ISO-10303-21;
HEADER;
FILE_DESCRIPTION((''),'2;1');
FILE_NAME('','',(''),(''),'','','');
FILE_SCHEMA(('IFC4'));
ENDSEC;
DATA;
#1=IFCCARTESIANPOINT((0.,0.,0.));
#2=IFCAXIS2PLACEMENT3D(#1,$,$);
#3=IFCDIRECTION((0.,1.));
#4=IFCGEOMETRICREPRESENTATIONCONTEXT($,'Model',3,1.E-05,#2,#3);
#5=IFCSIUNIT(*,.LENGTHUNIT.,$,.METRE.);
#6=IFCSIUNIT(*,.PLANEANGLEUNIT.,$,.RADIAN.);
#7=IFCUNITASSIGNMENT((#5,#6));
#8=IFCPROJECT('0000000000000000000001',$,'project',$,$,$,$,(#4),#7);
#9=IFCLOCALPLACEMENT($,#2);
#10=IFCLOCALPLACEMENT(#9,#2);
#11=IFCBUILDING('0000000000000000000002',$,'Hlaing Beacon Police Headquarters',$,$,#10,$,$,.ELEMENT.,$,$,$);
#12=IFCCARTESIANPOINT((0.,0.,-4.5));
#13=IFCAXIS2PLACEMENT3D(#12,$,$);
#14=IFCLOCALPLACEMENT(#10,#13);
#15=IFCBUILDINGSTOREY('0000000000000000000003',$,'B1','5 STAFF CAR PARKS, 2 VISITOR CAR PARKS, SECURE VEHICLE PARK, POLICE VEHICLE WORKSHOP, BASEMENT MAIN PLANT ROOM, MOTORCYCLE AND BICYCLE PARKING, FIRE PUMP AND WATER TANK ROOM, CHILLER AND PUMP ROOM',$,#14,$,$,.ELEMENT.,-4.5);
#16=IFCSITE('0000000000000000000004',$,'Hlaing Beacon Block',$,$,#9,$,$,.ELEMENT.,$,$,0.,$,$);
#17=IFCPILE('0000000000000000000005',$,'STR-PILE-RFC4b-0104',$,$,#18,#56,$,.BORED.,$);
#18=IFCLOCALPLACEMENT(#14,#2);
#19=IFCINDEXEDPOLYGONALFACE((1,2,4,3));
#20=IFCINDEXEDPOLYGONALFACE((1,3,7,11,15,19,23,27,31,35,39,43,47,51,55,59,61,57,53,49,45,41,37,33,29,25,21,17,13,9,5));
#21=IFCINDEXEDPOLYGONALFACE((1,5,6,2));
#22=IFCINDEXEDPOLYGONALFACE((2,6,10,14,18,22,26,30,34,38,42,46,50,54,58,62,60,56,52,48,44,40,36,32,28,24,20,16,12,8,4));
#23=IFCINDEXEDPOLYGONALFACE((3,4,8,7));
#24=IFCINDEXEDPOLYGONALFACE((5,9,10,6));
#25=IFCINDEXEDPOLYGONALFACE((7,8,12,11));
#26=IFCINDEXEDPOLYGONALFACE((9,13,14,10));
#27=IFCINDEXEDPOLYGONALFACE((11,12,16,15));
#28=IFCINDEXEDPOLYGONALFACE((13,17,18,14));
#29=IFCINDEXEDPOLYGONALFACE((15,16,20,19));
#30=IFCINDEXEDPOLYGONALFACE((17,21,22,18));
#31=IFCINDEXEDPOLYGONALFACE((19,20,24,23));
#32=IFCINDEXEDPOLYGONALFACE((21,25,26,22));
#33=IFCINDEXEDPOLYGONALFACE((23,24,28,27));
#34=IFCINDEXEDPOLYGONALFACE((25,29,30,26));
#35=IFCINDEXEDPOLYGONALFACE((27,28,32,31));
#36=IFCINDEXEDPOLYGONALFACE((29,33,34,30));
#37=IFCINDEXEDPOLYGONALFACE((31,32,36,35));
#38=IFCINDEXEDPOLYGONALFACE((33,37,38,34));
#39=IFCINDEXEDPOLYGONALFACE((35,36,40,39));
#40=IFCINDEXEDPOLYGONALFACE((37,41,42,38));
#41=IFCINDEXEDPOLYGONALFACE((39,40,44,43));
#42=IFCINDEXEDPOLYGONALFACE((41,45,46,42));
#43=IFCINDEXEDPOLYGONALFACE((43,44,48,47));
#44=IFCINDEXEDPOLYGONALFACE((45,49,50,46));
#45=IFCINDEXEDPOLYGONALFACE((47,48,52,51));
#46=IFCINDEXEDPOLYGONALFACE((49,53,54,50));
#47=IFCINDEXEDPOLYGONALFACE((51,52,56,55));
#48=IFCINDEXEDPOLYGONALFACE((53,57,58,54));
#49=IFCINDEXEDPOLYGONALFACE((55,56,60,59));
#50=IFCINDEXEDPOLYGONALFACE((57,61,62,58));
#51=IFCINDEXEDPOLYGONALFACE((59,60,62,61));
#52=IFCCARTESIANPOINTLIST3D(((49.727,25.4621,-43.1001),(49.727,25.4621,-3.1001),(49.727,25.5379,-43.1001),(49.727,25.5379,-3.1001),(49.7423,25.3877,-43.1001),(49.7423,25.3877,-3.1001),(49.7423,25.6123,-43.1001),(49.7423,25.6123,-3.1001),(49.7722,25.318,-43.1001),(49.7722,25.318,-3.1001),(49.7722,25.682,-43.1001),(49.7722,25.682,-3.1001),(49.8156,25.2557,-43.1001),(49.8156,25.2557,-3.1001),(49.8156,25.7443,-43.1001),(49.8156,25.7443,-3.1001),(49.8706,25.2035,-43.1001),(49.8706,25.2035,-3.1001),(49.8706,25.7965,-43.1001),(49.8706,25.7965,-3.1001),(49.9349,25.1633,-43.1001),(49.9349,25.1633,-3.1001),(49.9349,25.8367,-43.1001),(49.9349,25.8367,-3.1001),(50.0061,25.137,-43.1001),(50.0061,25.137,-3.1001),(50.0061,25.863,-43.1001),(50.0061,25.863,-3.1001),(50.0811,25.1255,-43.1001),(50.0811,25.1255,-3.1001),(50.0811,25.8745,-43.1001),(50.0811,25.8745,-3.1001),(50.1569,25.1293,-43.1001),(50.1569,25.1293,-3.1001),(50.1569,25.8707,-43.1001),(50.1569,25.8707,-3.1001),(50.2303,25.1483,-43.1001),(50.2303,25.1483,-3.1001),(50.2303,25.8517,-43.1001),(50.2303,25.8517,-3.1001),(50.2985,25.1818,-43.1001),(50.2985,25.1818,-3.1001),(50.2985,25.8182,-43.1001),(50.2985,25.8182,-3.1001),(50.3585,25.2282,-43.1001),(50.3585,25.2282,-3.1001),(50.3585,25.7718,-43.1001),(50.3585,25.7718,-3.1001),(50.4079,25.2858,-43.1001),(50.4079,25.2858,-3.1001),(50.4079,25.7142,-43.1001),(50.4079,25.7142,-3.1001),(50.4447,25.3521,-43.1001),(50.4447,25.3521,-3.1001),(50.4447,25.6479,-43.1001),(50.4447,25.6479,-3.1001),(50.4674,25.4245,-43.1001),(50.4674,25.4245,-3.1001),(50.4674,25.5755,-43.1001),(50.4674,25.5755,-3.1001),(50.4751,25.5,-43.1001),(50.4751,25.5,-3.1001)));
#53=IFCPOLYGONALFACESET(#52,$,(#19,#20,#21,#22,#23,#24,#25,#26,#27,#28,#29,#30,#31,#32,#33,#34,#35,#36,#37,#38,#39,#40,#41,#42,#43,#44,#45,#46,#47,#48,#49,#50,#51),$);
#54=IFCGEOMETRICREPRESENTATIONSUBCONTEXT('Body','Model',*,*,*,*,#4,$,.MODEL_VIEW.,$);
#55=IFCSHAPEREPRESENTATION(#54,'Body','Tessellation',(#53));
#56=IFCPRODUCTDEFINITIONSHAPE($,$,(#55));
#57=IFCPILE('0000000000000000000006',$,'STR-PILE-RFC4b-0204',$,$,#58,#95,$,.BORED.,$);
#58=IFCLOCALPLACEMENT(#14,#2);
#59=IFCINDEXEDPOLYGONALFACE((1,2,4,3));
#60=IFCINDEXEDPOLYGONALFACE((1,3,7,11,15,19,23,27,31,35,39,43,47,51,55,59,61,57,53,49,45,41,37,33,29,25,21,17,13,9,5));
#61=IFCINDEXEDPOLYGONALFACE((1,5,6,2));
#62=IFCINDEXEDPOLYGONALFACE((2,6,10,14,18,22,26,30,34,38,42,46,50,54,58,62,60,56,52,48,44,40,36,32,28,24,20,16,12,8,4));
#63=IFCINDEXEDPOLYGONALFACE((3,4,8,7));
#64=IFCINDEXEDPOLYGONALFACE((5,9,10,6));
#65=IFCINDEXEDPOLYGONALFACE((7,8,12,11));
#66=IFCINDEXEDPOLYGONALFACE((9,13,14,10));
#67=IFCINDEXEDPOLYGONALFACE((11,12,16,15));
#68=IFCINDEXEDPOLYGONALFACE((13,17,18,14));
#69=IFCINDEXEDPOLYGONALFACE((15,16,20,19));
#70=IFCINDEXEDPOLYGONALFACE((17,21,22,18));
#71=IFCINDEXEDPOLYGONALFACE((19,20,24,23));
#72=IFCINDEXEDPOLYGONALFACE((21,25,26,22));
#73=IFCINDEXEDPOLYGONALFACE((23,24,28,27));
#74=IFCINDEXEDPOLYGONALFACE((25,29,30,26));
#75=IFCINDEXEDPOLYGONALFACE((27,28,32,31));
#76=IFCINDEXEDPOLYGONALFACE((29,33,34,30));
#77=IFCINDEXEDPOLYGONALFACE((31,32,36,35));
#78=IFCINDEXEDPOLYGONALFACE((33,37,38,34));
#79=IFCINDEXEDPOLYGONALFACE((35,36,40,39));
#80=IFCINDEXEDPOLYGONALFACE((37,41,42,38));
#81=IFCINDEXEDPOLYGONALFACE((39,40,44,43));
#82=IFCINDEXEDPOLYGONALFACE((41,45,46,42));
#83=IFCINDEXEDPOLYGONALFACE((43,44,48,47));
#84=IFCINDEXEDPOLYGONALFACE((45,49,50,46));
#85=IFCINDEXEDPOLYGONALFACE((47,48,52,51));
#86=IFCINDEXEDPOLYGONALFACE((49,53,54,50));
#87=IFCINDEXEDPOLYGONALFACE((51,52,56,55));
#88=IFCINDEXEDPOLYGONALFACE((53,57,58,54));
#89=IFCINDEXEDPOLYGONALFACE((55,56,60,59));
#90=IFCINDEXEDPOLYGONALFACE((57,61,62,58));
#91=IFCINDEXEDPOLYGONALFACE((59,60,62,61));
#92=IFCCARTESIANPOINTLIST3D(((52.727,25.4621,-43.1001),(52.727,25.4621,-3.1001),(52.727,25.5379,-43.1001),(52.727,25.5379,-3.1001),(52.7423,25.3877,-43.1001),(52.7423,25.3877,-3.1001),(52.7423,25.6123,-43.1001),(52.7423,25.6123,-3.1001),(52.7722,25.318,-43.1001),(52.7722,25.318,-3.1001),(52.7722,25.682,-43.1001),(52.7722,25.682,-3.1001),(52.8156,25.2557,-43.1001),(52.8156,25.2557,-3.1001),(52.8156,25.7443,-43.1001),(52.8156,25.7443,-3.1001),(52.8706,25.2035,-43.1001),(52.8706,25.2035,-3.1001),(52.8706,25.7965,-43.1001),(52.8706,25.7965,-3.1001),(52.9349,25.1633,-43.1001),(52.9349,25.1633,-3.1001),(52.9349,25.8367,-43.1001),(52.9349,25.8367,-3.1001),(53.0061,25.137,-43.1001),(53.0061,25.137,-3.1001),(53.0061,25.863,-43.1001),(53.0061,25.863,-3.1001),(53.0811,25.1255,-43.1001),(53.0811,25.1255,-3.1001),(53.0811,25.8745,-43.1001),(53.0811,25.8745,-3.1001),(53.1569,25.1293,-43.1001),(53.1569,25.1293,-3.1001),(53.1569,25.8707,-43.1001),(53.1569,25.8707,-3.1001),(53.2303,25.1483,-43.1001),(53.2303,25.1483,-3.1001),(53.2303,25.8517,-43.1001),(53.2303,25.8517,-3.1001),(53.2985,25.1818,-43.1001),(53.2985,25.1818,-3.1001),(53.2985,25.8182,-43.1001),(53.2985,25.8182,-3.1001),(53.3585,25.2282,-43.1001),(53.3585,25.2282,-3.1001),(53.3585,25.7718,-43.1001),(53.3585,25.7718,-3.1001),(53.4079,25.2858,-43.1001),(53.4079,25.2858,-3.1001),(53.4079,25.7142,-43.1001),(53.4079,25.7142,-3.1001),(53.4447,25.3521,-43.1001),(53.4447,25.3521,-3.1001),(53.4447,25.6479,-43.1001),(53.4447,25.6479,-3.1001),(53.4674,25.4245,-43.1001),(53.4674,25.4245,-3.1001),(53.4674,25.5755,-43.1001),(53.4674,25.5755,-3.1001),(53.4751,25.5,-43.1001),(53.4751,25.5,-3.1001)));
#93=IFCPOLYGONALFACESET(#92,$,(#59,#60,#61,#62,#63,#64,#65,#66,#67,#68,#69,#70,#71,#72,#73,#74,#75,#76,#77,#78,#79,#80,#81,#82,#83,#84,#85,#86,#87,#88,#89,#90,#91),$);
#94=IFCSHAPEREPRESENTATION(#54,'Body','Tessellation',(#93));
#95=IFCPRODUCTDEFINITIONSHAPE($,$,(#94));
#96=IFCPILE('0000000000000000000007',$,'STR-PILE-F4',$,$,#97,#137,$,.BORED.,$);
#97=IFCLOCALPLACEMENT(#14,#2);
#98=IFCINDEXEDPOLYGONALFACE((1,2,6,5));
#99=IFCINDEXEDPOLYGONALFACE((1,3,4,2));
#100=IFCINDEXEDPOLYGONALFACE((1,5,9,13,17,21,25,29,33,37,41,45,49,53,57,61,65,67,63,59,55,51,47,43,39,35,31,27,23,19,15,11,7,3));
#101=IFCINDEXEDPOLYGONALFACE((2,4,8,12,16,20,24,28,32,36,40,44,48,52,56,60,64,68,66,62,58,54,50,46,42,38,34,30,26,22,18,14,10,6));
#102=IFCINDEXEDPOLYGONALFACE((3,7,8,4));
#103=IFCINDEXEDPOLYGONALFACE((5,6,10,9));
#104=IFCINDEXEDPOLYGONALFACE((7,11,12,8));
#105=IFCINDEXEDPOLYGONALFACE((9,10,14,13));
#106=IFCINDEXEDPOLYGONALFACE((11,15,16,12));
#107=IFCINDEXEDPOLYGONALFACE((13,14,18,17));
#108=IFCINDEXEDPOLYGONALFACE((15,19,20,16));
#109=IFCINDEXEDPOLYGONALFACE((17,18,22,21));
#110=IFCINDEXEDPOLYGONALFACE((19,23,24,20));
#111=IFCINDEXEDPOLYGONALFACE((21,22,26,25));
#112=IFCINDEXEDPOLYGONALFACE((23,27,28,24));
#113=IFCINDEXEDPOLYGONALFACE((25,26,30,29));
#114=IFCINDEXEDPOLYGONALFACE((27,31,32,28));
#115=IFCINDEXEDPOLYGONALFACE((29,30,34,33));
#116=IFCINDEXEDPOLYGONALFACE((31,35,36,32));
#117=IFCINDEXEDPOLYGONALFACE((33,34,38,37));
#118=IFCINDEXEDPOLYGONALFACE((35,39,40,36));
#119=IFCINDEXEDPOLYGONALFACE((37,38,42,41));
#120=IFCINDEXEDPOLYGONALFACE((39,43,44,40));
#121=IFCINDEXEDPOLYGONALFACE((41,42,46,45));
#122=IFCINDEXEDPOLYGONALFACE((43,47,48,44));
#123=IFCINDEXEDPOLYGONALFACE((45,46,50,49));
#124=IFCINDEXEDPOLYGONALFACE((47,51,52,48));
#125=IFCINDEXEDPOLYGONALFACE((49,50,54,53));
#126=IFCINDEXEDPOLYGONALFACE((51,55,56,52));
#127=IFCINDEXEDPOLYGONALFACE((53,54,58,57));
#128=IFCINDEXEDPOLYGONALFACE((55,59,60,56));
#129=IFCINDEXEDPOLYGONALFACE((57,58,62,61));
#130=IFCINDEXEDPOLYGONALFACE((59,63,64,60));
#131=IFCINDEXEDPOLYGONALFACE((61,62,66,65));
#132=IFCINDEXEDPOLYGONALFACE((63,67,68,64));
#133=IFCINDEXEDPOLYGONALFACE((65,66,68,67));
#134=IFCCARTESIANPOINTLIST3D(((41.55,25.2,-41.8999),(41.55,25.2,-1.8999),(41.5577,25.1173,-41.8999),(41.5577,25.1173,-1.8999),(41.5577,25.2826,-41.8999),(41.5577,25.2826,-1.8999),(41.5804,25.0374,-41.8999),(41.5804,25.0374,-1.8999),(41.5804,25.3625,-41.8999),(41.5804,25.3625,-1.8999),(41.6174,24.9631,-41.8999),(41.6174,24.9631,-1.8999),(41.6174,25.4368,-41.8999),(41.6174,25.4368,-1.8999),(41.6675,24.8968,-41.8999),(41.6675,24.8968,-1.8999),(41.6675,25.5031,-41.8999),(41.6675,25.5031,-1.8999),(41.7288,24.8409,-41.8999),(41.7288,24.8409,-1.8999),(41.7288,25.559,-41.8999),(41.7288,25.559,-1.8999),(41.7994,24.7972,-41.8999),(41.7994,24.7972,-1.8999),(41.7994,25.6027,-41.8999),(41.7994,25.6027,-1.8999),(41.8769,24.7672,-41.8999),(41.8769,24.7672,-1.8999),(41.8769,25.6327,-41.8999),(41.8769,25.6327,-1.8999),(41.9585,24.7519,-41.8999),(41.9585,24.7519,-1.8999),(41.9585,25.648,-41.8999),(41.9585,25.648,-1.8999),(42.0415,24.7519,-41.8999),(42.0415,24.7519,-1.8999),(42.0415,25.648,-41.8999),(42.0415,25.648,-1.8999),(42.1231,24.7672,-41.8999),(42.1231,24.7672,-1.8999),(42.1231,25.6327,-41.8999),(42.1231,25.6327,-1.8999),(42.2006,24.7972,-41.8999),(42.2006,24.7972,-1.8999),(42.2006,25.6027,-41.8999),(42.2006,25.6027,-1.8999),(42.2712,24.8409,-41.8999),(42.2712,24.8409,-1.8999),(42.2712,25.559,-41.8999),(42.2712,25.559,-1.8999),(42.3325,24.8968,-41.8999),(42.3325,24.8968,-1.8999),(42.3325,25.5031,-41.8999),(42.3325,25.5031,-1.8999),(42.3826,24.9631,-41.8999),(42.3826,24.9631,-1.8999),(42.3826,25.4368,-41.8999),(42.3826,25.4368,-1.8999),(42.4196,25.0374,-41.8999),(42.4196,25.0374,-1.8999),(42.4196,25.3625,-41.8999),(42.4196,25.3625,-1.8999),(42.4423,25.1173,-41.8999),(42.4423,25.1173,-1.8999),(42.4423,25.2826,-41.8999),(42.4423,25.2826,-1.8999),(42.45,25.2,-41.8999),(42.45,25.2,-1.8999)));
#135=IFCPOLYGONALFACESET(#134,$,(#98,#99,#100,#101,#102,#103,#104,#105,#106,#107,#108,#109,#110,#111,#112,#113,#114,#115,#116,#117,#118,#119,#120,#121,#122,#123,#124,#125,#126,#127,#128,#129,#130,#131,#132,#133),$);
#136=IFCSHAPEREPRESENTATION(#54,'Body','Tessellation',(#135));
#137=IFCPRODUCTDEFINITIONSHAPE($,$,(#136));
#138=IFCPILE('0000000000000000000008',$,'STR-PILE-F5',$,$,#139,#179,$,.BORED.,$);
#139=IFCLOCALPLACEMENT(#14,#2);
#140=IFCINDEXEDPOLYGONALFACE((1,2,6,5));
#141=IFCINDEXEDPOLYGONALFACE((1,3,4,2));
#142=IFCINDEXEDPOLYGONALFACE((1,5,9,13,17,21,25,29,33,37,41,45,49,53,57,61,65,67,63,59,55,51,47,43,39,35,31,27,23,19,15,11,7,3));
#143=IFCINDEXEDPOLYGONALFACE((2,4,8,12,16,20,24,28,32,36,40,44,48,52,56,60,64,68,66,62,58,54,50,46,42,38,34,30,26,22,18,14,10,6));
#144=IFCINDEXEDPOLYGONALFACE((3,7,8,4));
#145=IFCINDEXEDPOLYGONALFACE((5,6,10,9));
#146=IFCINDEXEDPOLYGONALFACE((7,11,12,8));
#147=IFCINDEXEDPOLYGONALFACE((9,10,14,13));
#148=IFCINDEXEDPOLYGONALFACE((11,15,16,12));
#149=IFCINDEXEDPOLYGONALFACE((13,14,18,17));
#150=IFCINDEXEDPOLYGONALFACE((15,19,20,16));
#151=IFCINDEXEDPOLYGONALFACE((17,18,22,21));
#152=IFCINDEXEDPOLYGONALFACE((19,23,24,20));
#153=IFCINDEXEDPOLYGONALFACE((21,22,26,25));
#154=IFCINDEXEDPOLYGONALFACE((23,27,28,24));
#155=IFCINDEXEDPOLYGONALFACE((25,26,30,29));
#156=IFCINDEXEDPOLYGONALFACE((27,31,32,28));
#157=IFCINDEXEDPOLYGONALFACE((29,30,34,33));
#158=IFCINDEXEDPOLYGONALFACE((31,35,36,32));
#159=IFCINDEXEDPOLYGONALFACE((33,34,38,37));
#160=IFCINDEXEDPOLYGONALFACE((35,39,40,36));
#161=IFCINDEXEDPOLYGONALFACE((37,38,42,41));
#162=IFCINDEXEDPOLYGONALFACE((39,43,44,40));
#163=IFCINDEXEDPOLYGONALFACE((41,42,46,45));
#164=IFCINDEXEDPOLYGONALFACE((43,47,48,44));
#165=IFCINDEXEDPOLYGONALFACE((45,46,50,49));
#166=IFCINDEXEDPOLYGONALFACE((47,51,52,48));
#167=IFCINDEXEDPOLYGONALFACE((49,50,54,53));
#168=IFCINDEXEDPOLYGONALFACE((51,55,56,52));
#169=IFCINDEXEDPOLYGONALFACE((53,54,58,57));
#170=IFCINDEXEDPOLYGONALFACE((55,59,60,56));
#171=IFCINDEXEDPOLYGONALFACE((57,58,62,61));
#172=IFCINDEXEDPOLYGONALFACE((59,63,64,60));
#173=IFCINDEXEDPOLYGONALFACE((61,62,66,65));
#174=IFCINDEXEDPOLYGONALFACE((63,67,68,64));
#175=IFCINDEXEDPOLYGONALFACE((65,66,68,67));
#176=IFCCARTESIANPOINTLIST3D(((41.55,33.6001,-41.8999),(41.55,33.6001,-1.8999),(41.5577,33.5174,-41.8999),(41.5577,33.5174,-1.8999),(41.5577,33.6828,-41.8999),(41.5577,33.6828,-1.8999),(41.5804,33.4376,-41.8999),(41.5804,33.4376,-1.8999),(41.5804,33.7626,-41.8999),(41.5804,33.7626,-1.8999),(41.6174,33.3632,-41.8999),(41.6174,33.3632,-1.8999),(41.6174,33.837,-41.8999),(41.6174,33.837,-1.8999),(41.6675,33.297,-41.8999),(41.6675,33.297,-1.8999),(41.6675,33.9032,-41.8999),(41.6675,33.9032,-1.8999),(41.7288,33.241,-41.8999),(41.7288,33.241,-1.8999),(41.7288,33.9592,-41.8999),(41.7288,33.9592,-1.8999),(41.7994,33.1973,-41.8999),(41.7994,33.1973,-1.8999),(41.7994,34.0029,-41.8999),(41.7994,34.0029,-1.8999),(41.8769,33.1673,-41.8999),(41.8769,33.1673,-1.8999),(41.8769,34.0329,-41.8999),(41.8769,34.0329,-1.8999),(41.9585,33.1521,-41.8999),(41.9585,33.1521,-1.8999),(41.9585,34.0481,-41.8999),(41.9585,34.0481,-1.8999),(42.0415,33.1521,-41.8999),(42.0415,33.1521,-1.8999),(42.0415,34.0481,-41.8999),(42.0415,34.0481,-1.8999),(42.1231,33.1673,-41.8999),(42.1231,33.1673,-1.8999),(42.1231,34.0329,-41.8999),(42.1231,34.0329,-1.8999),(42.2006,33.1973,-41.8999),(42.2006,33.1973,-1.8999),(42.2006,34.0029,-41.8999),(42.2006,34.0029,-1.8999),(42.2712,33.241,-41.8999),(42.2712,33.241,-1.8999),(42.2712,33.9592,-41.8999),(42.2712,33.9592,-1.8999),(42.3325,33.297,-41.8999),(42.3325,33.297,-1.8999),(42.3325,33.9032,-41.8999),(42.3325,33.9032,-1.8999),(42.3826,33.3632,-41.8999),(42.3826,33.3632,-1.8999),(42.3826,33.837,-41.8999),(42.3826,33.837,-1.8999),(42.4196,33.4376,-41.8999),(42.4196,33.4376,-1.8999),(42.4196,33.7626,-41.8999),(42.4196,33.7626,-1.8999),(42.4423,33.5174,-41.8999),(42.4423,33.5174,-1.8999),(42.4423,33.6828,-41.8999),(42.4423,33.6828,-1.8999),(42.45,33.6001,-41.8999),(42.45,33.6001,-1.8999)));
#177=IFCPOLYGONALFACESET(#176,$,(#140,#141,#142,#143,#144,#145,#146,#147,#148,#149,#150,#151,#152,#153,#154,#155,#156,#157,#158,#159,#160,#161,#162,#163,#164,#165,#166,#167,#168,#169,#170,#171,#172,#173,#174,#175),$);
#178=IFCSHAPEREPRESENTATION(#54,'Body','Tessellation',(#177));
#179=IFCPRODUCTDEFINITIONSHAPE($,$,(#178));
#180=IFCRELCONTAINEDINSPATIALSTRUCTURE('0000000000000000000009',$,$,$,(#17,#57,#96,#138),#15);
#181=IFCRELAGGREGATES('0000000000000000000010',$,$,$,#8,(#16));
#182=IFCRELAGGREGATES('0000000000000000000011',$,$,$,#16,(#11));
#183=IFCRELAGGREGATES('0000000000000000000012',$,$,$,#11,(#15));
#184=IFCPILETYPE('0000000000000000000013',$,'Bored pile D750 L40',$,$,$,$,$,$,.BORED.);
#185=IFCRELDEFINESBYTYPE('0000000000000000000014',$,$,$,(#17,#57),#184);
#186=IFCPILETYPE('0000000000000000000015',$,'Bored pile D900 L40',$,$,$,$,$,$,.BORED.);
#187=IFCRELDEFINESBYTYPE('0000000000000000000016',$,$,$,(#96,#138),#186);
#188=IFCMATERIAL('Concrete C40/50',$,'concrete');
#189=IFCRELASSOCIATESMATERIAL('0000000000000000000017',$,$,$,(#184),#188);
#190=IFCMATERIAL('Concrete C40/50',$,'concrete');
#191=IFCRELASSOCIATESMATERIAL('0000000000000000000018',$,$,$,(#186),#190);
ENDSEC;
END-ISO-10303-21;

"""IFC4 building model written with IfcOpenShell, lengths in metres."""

from ifc_helpers import new_model, si_unit, direction, frame, origin, origin_2d, place, context, subcontext, project, spatial, circle, extrude, material, material_profile, profile_set, type_object, element, save


model = new_model("IFC4")

# Units and contexts
model_context = context("Model", 3, precision=1e-05, world=origin(), true_north=direction((0.0, 1.0)))
body_context = subcontext(model_context, "Body", "Model", "MODEL_VIEW")
ifc_project = project(units=[si_unit("LENGTHUNIT", "METRE"), si_unit("PLANEANGLEUNIT", "RADIAN")], contexts=[model_context])

# Site, building, storey
site_placement = place(None, origin())
site = spatial("IfcSite", under=ifc_project, at=site_placement, Name="Hlaing Beacon Block", CompositionType="ELEMENT", RefElevation=0.0)
building_placement = place(site_placement, origin())
building = spatial("IfcBuilding", under=site, at=building_placement, Name="Hlaing Beacon Police Headquarters", CompositionType="ELEMENT")
storey_placement = place(building_placement, frame((0.0, 0.0, -4.5)))
storey = spatial("IfcBuildingStorey", under=building, at=storey_placement, Name="B1", Description="5 STAFF CAR PARKS, 2 VISITOR CAR PARKS, SECURE VEHICLE PARK, POLICE VEHICLE WORKSHOP, BASEMENT MAIN PLANT ROOM, MOTORCYCLE AND BICYCLE PARKING, FIRE PUMP AND WATER TANK ROOM, CHILLER AND PUMP ROOM", CompositionType="ELEMENT", Elevation=-4.5)

# Piles
ifc_material_1 = material(Name="Concrete C40/50", Category="concrete")
ifc_material_profile_1 = material_profile(ifc_material_1, circle(Radius=0.375, at=origin_2d()), Name="D750")
ifc_profile_set_1 = profile_set([ifc_material_profile_1], Name="Concrete C40/50")
pile_type_1 = type_object("IfcPileType", Name="Bored pile D750 L40", PredefinedType="BORED", material=ifc_profile_set_1)
for number, where, z_axis, x_axis, name in (
    (1, (50.1001, 25.5, -3.1001), (0.0, 0.0, -1.0), (1.0, 0.0, 0.0), "STR-PILE-RFC4b-0104"),
    (2, (53.1001, 25.5, -3.1001), (0.0, 0.0, -1.0), (1.0, 0.0, 0.0), "STR-PILE-RFC4b-0204"),
):
    element("IfcPile", number, at=place(storey_placement, frame(where, z_axis=z_axis, x_axis=x_axis)), inside=storey, type_object=pile_type_1, Name=name, PredefinedType="BORED", context=body_context, shape_type="SweptSolid", body=[
        extrude(circle(Radius=0.375, at=origin_2d()), origin(), (0.0, 0.0, 1.0), 40.0),
    ])
ifc_material_2 = material(Name="Concrete C40/50", Category="concrete")
ifc_material_profile_2 = material_profile(ifc_material_2, circle(Radius=0.45, at=origin_2d()), Name="D900")
ifc_profile_set_2 = profile_set([ifc_material_profile_2], Name="Concrete C40/50")
pile_type_2 = type_object("IfcPileType", Name="Bored pile D900 L40", PredefinedType="BORED", material=ifc_profile_set_2)
for number, where, z_axis, x_axis, name in (
    (3, (42.0, 25.2, -1.8999), (0.0, 0.0, -1.0), (1.0, 0.0, 0.0), "STR-PILE-F4"),
    (4, (42.0, 33.6001, -1.8999), (0.0, 0.0, -1.0), (1.0, 0.0, 0.0), "STR-PILE-F5"),
):
    element("IfcPile", number, at=place(storey_placement, frame(where, z_axis=z_axis, x_axis=x_axis)), inside=storey, type_object=pile_type_2, Name=name, PredefinedType="BORED", context=body_context, shape_type="SweptSolid", body=[
        extrude(circle(Radius=0.45, at=origin_2d()), origin(), (0.0, 0.0, 1.0), 40.0),
    ])

save(model, "model.ifc")
